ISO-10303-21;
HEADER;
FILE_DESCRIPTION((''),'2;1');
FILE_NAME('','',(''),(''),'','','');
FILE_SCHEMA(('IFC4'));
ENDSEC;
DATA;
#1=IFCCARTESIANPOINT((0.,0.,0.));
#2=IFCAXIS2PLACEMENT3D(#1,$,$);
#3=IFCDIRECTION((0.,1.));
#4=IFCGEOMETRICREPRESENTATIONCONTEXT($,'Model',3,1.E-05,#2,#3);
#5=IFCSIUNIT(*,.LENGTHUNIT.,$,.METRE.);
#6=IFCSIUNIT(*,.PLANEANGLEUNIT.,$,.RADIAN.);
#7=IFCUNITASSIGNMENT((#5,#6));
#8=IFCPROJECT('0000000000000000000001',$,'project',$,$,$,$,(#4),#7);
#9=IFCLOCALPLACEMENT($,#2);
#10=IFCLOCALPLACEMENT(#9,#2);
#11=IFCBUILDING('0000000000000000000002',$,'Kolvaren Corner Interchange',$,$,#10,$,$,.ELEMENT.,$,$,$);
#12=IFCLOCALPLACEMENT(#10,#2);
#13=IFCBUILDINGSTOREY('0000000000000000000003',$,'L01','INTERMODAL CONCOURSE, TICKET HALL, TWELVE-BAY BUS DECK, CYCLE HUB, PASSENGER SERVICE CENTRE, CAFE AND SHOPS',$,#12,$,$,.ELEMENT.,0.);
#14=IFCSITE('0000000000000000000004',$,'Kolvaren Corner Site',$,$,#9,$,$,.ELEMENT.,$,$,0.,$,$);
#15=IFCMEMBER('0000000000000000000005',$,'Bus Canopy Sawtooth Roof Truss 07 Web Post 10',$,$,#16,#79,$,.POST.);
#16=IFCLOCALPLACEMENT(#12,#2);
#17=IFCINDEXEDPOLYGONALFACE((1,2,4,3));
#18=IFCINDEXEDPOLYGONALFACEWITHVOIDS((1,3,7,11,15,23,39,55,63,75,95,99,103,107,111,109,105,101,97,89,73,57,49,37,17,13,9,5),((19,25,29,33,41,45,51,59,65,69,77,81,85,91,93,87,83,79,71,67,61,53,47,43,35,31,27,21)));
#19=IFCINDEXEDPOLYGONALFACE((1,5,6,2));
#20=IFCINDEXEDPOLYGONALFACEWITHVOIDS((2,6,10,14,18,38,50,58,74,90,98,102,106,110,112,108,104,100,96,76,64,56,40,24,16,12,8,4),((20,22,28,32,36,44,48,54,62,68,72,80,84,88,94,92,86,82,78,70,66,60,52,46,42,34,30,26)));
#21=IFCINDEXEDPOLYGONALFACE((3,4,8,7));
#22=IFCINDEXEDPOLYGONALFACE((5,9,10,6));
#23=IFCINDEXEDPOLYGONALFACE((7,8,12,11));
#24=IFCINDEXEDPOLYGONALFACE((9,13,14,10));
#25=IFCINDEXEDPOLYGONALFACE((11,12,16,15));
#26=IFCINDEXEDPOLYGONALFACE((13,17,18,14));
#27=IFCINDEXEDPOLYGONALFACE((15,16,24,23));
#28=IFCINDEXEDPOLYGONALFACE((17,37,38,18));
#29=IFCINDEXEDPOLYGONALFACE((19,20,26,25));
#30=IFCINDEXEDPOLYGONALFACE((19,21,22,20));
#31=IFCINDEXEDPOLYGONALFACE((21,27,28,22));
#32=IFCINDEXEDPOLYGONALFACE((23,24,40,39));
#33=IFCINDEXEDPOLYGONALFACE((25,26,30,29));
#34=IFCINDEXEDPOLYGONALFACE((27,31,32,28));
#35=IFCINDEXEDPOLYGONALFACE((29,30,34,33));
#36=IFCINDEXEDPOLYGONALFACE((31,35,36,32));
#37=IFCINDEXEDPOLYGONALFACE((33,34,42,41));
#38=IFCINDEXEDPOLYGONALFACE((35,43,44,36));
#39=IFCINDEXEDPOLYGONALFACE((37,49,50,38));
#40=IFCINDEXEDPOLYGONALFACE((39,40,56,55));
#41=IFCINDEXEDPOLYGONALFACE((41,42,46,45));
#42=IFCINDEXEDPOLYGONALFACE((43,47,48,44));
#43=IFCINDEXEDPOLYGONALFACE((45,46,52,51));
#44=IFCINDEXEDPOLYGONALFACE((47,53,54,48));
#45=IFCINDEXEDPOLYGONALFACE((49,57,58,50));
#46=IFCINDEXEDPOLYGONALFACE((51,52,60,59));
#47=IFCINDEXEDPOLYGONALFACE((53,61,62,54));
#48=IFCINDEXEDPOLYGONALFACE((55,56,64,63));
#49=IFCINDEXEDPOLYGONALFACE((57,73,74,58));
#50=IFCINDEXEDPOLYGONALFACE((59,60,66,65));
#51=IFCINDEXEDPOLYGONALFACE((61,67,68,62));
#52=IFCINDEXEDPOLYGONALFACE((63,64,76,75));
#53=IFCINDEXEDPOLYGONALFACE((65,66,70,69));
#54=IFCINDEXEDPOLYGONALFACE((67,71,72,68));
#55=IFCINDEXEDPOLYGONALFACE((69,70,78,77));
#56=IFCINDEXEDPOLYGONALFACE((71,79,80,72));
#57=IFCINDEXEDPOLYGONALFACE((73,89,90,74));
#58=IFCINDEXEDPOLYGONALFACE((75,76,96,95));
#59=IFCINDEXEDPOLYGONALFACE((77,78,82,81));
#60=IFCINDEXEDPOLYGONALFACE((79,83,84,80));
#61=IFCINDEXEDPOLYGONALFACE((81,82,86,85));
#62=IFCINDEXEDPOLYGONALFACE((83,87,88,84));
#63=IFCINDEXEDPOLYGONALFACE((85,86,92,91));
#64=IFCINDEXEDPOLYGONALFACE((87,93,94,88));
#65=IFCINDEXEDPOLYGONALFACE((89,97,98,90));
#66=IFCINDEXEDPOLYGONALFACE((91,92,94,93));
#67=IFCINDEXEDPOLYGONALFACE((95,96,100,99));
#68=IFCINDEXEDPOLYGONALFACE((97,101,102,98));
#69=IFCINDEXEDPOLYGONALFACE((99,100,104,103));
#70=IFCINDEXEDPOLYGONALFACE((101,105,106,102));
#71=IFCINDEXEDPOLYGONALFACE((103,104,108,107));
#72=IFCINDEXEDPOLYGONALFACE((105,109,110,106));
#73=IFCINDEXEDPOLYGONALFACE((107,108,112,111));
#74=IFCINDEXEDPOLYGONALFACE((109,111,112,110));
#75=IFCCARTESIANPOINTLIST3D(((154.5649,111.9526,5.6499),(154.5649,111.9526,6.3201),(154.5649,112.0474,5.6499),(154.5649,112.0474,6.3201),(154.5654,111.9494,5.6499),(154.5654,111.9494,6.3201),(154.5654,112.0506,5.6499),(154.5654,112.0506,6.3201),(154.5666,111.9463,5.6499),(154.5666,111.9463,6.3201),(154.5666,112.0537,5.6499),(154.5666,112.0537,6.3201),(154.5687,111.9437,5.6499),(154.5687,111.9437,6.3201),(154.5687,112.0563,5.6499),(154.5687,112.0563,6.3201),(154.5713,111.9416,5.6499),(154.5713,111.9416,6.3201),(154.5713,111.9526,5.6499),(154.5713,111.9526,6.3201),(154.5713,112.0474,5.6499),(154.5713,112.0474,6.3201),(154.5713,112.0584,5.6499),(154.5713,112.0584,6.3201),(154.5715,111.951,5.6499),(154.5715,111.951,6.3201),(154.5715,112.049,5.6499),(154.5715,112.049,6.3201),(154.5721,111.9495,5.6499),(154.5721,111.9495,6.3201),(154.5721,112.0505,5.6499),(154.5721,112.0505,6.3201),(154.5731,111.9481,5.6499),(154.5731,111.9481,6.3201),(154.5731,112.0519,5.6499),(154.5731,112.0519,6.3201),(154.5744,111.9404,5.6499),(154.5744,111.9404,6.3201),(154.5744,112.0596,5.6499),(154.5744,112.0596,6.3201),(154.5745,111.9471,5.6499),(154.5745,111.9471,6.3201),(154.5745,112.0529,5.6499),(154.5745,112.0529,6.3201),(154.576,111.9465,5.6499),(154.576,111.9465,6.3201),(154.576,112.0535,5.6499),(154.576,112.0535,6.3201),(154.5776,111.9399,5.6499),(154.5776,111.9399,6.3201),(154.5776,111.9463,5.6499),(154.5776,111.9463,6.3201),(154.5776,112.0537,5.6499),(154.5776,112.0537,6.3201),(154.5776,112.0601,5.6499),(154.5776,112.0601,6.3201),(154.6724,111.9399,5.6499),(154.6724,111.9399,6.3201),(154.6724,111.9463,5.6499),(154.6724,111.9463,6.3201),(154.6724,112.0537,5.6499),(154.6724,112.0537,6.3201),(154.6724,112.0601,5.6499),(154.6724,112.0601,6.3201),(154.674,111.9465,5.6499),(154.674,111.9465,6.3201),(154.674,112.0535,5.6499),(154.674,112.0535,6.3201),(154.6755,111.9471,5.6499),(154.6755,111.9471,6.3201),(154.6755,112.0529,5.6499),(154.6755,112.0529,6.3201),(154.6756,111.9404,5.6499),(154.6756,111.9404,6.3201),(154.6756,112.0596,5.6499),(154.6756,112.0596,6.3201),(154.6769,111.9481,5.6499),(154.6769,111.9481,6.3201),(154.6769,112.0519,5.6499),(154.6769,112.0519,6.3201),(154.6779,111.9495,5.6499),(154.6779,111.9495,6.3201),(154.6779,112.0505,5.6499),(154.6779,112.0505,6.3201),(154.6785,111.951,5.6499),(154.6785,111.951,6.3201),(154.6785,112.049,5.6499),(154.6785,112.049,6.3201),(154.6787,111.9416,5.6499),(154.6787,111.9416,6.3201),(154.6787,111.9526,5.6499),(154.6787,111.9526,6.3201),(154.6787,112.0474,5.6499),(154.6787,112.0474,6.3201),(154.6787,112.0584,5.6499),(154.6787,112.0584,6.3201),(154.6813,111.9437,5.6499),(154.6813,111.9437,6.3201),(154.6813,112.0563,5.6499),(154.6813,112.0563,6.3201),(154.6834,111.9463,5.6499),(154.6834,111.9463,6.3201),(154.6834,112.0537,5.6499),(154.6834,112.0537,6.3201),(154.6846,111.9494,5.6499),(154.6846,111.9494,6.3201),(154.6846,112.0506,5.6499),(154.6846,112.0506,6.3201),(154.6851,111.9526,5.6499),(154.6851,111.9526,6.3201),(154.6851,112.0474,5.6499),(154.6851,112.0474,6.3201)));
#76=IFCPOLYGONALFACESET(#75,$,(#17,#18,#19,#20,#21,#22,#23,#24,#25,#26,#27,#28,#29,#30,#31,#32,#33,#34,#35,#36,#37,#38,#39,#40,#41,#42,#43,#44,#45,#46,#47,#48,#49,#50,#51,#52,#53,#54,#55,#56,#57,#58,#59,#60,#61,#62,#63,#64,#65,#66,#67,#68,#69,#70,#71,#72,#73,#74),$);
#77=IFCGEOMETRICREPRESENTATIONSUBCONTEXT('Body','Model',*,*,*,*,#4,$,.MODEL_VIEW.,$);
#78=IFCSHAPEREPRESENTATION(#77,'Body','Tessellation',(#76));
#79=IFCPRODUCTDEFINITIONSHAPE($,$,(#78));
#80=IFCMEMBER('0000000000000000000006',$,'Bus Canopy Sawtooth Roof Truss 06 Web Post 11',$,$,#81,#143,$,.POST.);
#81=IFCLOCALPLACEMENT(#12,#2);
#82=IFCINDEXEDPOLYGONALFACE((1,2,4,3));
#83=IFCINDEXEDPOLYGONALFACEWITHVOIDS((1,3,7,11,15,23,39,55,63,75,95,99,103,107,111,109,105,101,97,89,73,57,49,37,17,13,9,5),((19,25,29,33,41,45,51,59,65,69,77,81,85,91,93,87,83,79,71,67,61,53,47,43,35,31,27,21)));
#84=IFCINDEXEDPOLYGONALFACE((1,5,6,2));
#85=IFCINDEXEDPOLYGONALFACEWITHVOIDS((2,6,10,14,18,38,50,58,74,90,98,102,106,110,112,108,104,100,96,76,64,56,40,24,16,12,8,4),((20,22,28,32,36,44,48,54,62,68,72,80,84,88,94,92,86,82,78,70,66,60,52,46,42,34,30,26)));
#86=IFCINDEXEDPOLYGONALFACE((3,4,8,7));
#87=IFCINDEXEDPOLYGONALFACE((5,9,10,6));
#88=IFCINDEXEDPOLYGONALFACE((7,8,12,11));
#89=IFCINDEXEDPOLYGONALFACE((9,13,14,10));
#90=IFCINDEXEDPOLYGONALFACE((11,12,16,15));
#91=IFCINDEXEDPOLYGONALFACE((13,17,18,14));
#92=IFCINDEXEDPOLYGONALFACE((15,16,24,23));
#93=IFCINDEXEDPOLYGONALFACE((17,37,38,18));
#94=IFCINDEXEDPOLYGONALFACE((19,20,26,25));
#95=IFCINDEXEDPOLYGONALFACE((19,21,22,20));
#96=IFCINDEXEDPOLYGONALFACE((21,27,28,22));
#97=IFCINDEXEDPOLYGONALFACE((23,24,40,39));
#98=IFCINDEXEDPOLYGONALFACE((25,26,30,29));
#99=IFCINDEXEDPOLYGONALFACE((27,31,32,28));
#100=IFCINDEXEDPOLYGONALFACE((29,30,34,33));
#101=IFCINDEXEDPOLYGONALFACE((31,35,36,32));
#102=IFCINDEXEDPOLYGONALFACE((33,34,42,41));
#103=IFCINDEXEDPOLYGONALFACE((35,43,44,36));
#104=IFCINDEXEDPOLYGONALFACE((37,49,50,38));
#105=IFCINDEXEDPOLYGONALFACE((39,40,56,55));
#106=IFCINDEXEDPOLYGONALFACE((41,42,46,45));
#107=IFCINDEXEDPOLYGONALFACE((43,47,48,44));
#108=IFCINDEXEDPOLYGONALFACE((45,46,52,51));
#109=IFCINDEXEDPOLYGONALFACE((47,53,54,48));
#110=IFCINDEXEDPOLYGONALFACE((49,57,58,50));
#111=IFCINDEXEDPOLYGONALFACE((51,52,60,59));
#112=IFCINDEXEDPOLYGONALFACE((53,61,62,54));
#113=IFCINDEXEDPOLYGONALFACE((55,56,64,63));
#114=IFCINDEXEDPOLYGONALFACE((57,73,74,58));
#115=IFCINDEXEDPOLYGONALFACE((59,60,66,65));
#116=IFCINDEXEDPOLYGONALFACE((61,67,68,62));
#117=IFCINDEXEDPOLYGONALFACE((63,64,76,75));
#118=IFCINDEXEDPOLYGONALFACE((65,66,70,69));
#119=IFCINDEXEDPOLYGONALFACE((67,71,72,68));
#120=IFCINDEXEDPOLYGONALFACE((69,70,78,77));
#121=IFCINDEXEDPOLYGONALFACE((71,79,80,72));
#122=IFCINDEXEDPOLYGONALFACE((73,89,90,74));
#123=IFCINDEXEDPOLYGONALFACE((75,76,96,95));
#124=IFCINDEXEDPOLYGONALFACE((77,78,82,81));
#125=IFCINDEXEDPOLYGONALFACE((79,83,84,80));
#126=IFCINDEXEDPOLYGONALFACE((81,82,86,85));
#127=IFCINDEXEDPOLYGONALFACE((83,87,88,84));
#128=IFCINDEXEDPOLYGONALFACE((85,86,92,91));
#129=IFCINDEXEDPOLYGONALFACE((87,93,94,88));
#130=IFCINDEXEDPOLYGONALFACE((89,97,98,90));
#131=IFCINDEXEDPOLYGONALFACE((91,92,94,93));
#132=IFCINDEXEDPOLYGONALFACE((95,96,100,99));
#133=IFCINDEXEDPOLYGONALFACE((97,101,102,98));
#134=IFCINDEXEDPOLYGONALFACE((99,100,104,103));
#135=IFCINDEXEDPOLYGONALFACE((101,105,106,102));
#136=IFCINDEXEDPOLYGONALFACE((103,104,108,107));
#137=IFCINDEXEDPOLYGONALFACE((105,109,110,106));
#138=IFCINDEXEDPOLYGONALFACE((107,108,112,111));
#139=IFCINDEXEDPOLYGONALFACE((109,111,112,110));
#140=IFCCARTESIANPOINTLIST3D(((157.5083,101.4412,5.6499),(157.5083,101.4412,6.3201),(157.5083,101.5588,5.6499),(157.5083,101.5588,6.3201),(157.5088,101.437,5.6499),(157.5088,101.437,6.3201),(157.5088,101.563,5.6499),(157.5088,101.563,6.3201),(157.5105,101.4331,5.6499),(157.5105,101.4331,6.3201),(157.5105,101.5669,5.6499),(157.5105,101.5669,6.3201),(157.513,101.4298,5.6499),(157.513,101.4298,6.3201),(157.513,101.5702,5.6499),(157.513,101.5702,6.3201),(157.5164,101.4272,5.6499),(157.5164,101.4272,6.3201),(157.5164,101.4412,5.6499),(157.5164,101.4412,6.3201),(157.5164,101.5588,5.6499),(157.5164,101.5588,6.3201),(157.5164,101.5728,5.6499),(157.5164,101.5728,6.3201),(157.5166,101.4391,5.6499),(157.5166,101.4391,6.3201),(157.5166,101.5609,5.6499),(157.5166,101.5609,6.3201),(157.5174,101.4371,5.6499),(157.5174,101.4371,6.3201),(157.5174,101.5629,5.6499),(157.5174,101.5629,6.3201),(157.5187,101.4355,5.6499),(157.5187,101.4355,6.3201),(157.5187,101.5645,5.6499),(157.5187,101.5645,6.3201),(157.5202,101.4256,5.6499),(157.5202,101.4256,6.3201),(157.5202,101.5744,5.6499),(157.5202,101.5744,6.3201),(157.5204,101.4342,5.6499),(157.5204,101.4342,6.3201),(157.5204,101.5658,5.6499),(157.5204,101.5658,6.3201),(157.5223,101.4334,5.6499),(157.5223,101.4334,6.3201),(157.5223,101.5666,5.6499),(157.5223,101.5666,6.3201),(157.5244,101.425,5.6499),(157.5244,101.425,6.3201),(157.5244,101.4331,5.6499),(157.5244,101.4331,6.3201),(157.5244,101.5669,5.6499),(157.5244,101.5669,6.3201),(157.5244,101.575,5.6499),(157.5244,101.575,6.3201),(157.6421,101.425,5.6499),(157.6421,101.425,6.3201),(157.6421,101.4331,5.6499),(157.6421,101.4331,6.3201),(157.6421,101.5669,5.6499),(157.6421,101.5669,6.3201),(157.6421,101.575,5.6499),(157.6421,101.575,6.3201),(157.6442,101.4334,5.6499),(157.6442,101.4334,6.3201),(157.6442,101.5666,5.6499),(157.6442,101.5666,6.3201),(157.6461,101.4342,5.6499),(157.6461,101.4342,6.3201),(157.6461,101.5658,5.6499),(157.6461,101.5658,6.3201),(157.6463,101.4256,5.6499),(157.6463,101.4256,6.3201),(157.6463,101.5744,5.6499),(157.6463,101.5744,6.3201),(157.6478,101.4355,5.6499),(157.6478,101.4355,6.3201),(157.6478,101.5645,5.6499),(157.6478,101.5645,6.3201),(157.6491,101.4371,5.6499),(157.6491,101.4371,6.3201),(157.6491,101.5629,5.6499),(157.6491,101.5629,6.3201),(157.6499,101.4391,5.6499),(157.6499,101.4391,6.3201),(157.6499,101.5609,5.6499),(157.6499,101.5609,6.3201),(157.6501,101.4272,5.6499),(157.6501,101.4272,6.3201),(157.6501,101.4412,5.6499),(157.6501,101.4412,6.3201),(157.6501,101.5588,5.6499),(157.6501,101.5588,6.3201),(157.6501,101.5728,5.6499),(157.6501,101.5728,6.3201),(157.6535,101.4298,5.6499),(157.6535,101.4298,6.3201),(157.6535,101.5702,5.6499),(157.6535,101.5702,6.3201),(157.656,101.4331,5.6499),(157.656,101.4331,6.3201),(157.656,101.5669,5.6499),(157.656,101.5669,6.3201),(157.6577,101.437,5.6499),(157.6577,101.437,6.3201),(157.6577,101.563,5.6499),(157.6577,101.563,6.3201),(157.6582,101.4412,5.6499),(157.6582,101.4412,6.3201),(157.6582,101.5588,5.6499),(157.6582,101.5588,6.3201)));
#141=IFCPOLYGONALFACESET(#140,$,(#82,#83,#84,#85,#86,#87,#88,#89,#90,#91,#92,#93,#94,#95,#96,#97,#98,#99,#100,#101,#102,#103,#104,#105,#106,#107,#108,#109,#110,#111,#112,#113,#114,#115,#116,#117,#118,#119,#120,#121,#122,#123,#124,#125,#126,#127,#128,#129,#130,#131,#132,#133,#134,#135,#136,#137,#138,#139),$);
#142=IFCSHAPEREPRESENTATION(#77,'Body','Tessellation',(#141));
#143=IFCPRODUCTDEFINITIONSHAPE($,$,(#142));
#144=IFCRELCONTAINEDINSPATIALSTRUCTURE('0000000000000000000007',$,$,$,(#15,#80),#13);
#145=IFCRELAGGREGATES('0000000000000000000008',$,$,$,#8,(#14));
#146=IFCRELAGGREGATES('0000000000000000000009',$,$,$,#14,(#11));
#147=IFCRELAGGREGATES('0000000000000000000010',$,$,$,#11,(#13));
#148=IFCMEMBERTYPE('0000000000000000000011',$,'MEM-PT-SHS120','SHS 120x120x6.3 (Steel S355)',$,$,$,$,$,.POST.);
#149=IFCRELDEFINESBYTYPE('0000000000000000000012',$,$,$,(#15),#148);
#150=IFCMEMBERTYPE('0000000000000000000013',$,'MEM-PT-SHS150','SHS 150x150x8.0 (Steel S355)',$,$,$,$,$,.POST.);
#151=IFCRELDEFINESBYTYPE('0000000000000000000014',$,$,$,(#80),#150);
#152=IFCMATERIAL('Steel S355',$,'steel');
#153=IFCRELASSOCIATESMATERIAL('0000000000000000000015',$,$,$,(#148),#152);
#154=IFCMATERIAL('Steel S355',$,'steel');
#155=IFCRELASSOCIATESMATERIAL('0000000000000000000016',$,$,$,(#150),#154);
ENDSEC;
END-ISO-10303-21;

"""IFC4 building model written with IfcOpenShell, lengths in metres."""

from ifc_helpers import new_model, si_unit, direction, frame, origin, origin_2d, place, context, subcontext, project, spatial, hollow_rectangle, extrude, material, material_profile, profile_set, type_object, element, save


model = new_model("IFC4")

# Units and contexts
model_context = context("Model", 3, precision=1e-05, world=origin(), true_north=direction((0.0, 1.0)))
body_context = subcontext(model_context, "Body", "Model", "MODEL_VIEW")
ifc_project = project(units=[si_unit("LENGTHUNIT", "METRE"), si_unit("PLANEANGLEUNIT", "RADIAN")], contexts=[model_context])

# Site, building, storey
site_placement = place(None, origin())
site = spatial("IfcSite", under=ifc_project, at=site_placement, Name="Kolvaren Corner Site", CompositionType="ELEMENT", RefElevation=0.0)
building_placement = place(site_placement, origin())
building = spatial("IfcBuilding", under=site, at=building_placement, Name="Kolvaren Corner Interchange", CompositionType="ELEMENT")
storey_placement = place(building_placement, origin())
storey = spatial("IfcBuildingStorey", under=building, at=storey_placement, Name="L01", Description="INTERMODAL CONCOURSE, TICKET HALL, TWELVE-BAY BUS DECK, CYCLE HUB, PASSENGER SERVICE CENTRE, CAFE AND SHOPS", CompositionType="ELEMENT", Elevation=0.0)

# Members
ifc_material_1 = material(Name="Steel S355", Category="steel")
ifc_material_profile_1 = material_profile(ifc_material_1, hollow_rectangle(XDim=0.1201, YDim=0.1201, WallThickness=0.0063, InnerFilletRadius=0.0063, OuterFilletRadius=0.0127, at=origin_2d()), Name="SHS 120x120x6.3")
ifc_profile_set_1 = profile_set([ifc_material_profile_1], Name="Steel S355")
member_type_1 = type_object("IfcMemberType", Name="MEM-PT-SHS120", Description="SHS 120x120x6.3 (Steel S355)", PredefinedType="POST", material=ifc_profile_set_1)
member_1_placement = place(storey_placement, frame((154.625, 112.0, 5.6499), z_axis=(0.0, 0.0, 1.0), x_axis=(1.0, 0.0, 0.0)))
element("IfcMember", 1, at=member_1_placement, inside=storey, type_object=member_type_1, Name="Bus Canopy Sawtooth Roof Truss 07 Web Post 10", PredefinedType="POST", context=body_context, shape_type="SweptSolid", body=[
    extrude(hollow_rectangle(XDim=0.1201, YDim=0.1201, WallThickness=0.0063, InnerFilletRadius=0.0063, OuterFilletRadius=0.0127, at=origin_2d()), origin(), (0.0, 0.0, 1.0), 0.6702),
])
ifc_material_2 = material(Name="Steel S355", Category="steel")
ifc_material_profile_2 = material_profile(ifc_material_2, hollow_rectangle(XDim=0.1499, YDim=0.1499, WallThickness=0.0081, InnerFilletRadius=0.0081, OuterFilletRadius=0.0161, at=origin_2d()), Name="SHS 150x150x8.0")
ifc_profile_set_2 = profile_set([ifc_material_profile_2], Name="Steel S355")
member_type_2 = type_object("IfcMemberType", Name="MEM-PT-SHS150", Description="SHS 150x150x8.0 (Steel S355)", PredefinedType="POST", material=ifc_profile_set_2)
for number, where, z_axis, x_axis, name in (
    (2, (157.5833, 101.5, 5.6499), (0.0, 0.0, 1.0), (1.0, 0.0, 0.0), "Bus Canopy Sawtooth Roof Truss 06 Web Post 11"),
):
    element("IfcMember", number, at=place(storey_placement, frame(where, z_axis=z_axis, x_axis=x_axis)), inside=storey, type_object=member_type_2, Name=name, PredefinedType="POST", context=body_context, shape_type="SweptSolid", body=[
        extrude(hollow_rectangle(XDim=0.1499, YDim=0.1499, WallThickness=0.0081, InnerFilletRadius=0.0081, OuterFilletRadius=0.0161, at=origin_2d()), origin(), (0.0, 0.0, 1.0), 0.6702),
    ])

save(model, "model.ifc")
